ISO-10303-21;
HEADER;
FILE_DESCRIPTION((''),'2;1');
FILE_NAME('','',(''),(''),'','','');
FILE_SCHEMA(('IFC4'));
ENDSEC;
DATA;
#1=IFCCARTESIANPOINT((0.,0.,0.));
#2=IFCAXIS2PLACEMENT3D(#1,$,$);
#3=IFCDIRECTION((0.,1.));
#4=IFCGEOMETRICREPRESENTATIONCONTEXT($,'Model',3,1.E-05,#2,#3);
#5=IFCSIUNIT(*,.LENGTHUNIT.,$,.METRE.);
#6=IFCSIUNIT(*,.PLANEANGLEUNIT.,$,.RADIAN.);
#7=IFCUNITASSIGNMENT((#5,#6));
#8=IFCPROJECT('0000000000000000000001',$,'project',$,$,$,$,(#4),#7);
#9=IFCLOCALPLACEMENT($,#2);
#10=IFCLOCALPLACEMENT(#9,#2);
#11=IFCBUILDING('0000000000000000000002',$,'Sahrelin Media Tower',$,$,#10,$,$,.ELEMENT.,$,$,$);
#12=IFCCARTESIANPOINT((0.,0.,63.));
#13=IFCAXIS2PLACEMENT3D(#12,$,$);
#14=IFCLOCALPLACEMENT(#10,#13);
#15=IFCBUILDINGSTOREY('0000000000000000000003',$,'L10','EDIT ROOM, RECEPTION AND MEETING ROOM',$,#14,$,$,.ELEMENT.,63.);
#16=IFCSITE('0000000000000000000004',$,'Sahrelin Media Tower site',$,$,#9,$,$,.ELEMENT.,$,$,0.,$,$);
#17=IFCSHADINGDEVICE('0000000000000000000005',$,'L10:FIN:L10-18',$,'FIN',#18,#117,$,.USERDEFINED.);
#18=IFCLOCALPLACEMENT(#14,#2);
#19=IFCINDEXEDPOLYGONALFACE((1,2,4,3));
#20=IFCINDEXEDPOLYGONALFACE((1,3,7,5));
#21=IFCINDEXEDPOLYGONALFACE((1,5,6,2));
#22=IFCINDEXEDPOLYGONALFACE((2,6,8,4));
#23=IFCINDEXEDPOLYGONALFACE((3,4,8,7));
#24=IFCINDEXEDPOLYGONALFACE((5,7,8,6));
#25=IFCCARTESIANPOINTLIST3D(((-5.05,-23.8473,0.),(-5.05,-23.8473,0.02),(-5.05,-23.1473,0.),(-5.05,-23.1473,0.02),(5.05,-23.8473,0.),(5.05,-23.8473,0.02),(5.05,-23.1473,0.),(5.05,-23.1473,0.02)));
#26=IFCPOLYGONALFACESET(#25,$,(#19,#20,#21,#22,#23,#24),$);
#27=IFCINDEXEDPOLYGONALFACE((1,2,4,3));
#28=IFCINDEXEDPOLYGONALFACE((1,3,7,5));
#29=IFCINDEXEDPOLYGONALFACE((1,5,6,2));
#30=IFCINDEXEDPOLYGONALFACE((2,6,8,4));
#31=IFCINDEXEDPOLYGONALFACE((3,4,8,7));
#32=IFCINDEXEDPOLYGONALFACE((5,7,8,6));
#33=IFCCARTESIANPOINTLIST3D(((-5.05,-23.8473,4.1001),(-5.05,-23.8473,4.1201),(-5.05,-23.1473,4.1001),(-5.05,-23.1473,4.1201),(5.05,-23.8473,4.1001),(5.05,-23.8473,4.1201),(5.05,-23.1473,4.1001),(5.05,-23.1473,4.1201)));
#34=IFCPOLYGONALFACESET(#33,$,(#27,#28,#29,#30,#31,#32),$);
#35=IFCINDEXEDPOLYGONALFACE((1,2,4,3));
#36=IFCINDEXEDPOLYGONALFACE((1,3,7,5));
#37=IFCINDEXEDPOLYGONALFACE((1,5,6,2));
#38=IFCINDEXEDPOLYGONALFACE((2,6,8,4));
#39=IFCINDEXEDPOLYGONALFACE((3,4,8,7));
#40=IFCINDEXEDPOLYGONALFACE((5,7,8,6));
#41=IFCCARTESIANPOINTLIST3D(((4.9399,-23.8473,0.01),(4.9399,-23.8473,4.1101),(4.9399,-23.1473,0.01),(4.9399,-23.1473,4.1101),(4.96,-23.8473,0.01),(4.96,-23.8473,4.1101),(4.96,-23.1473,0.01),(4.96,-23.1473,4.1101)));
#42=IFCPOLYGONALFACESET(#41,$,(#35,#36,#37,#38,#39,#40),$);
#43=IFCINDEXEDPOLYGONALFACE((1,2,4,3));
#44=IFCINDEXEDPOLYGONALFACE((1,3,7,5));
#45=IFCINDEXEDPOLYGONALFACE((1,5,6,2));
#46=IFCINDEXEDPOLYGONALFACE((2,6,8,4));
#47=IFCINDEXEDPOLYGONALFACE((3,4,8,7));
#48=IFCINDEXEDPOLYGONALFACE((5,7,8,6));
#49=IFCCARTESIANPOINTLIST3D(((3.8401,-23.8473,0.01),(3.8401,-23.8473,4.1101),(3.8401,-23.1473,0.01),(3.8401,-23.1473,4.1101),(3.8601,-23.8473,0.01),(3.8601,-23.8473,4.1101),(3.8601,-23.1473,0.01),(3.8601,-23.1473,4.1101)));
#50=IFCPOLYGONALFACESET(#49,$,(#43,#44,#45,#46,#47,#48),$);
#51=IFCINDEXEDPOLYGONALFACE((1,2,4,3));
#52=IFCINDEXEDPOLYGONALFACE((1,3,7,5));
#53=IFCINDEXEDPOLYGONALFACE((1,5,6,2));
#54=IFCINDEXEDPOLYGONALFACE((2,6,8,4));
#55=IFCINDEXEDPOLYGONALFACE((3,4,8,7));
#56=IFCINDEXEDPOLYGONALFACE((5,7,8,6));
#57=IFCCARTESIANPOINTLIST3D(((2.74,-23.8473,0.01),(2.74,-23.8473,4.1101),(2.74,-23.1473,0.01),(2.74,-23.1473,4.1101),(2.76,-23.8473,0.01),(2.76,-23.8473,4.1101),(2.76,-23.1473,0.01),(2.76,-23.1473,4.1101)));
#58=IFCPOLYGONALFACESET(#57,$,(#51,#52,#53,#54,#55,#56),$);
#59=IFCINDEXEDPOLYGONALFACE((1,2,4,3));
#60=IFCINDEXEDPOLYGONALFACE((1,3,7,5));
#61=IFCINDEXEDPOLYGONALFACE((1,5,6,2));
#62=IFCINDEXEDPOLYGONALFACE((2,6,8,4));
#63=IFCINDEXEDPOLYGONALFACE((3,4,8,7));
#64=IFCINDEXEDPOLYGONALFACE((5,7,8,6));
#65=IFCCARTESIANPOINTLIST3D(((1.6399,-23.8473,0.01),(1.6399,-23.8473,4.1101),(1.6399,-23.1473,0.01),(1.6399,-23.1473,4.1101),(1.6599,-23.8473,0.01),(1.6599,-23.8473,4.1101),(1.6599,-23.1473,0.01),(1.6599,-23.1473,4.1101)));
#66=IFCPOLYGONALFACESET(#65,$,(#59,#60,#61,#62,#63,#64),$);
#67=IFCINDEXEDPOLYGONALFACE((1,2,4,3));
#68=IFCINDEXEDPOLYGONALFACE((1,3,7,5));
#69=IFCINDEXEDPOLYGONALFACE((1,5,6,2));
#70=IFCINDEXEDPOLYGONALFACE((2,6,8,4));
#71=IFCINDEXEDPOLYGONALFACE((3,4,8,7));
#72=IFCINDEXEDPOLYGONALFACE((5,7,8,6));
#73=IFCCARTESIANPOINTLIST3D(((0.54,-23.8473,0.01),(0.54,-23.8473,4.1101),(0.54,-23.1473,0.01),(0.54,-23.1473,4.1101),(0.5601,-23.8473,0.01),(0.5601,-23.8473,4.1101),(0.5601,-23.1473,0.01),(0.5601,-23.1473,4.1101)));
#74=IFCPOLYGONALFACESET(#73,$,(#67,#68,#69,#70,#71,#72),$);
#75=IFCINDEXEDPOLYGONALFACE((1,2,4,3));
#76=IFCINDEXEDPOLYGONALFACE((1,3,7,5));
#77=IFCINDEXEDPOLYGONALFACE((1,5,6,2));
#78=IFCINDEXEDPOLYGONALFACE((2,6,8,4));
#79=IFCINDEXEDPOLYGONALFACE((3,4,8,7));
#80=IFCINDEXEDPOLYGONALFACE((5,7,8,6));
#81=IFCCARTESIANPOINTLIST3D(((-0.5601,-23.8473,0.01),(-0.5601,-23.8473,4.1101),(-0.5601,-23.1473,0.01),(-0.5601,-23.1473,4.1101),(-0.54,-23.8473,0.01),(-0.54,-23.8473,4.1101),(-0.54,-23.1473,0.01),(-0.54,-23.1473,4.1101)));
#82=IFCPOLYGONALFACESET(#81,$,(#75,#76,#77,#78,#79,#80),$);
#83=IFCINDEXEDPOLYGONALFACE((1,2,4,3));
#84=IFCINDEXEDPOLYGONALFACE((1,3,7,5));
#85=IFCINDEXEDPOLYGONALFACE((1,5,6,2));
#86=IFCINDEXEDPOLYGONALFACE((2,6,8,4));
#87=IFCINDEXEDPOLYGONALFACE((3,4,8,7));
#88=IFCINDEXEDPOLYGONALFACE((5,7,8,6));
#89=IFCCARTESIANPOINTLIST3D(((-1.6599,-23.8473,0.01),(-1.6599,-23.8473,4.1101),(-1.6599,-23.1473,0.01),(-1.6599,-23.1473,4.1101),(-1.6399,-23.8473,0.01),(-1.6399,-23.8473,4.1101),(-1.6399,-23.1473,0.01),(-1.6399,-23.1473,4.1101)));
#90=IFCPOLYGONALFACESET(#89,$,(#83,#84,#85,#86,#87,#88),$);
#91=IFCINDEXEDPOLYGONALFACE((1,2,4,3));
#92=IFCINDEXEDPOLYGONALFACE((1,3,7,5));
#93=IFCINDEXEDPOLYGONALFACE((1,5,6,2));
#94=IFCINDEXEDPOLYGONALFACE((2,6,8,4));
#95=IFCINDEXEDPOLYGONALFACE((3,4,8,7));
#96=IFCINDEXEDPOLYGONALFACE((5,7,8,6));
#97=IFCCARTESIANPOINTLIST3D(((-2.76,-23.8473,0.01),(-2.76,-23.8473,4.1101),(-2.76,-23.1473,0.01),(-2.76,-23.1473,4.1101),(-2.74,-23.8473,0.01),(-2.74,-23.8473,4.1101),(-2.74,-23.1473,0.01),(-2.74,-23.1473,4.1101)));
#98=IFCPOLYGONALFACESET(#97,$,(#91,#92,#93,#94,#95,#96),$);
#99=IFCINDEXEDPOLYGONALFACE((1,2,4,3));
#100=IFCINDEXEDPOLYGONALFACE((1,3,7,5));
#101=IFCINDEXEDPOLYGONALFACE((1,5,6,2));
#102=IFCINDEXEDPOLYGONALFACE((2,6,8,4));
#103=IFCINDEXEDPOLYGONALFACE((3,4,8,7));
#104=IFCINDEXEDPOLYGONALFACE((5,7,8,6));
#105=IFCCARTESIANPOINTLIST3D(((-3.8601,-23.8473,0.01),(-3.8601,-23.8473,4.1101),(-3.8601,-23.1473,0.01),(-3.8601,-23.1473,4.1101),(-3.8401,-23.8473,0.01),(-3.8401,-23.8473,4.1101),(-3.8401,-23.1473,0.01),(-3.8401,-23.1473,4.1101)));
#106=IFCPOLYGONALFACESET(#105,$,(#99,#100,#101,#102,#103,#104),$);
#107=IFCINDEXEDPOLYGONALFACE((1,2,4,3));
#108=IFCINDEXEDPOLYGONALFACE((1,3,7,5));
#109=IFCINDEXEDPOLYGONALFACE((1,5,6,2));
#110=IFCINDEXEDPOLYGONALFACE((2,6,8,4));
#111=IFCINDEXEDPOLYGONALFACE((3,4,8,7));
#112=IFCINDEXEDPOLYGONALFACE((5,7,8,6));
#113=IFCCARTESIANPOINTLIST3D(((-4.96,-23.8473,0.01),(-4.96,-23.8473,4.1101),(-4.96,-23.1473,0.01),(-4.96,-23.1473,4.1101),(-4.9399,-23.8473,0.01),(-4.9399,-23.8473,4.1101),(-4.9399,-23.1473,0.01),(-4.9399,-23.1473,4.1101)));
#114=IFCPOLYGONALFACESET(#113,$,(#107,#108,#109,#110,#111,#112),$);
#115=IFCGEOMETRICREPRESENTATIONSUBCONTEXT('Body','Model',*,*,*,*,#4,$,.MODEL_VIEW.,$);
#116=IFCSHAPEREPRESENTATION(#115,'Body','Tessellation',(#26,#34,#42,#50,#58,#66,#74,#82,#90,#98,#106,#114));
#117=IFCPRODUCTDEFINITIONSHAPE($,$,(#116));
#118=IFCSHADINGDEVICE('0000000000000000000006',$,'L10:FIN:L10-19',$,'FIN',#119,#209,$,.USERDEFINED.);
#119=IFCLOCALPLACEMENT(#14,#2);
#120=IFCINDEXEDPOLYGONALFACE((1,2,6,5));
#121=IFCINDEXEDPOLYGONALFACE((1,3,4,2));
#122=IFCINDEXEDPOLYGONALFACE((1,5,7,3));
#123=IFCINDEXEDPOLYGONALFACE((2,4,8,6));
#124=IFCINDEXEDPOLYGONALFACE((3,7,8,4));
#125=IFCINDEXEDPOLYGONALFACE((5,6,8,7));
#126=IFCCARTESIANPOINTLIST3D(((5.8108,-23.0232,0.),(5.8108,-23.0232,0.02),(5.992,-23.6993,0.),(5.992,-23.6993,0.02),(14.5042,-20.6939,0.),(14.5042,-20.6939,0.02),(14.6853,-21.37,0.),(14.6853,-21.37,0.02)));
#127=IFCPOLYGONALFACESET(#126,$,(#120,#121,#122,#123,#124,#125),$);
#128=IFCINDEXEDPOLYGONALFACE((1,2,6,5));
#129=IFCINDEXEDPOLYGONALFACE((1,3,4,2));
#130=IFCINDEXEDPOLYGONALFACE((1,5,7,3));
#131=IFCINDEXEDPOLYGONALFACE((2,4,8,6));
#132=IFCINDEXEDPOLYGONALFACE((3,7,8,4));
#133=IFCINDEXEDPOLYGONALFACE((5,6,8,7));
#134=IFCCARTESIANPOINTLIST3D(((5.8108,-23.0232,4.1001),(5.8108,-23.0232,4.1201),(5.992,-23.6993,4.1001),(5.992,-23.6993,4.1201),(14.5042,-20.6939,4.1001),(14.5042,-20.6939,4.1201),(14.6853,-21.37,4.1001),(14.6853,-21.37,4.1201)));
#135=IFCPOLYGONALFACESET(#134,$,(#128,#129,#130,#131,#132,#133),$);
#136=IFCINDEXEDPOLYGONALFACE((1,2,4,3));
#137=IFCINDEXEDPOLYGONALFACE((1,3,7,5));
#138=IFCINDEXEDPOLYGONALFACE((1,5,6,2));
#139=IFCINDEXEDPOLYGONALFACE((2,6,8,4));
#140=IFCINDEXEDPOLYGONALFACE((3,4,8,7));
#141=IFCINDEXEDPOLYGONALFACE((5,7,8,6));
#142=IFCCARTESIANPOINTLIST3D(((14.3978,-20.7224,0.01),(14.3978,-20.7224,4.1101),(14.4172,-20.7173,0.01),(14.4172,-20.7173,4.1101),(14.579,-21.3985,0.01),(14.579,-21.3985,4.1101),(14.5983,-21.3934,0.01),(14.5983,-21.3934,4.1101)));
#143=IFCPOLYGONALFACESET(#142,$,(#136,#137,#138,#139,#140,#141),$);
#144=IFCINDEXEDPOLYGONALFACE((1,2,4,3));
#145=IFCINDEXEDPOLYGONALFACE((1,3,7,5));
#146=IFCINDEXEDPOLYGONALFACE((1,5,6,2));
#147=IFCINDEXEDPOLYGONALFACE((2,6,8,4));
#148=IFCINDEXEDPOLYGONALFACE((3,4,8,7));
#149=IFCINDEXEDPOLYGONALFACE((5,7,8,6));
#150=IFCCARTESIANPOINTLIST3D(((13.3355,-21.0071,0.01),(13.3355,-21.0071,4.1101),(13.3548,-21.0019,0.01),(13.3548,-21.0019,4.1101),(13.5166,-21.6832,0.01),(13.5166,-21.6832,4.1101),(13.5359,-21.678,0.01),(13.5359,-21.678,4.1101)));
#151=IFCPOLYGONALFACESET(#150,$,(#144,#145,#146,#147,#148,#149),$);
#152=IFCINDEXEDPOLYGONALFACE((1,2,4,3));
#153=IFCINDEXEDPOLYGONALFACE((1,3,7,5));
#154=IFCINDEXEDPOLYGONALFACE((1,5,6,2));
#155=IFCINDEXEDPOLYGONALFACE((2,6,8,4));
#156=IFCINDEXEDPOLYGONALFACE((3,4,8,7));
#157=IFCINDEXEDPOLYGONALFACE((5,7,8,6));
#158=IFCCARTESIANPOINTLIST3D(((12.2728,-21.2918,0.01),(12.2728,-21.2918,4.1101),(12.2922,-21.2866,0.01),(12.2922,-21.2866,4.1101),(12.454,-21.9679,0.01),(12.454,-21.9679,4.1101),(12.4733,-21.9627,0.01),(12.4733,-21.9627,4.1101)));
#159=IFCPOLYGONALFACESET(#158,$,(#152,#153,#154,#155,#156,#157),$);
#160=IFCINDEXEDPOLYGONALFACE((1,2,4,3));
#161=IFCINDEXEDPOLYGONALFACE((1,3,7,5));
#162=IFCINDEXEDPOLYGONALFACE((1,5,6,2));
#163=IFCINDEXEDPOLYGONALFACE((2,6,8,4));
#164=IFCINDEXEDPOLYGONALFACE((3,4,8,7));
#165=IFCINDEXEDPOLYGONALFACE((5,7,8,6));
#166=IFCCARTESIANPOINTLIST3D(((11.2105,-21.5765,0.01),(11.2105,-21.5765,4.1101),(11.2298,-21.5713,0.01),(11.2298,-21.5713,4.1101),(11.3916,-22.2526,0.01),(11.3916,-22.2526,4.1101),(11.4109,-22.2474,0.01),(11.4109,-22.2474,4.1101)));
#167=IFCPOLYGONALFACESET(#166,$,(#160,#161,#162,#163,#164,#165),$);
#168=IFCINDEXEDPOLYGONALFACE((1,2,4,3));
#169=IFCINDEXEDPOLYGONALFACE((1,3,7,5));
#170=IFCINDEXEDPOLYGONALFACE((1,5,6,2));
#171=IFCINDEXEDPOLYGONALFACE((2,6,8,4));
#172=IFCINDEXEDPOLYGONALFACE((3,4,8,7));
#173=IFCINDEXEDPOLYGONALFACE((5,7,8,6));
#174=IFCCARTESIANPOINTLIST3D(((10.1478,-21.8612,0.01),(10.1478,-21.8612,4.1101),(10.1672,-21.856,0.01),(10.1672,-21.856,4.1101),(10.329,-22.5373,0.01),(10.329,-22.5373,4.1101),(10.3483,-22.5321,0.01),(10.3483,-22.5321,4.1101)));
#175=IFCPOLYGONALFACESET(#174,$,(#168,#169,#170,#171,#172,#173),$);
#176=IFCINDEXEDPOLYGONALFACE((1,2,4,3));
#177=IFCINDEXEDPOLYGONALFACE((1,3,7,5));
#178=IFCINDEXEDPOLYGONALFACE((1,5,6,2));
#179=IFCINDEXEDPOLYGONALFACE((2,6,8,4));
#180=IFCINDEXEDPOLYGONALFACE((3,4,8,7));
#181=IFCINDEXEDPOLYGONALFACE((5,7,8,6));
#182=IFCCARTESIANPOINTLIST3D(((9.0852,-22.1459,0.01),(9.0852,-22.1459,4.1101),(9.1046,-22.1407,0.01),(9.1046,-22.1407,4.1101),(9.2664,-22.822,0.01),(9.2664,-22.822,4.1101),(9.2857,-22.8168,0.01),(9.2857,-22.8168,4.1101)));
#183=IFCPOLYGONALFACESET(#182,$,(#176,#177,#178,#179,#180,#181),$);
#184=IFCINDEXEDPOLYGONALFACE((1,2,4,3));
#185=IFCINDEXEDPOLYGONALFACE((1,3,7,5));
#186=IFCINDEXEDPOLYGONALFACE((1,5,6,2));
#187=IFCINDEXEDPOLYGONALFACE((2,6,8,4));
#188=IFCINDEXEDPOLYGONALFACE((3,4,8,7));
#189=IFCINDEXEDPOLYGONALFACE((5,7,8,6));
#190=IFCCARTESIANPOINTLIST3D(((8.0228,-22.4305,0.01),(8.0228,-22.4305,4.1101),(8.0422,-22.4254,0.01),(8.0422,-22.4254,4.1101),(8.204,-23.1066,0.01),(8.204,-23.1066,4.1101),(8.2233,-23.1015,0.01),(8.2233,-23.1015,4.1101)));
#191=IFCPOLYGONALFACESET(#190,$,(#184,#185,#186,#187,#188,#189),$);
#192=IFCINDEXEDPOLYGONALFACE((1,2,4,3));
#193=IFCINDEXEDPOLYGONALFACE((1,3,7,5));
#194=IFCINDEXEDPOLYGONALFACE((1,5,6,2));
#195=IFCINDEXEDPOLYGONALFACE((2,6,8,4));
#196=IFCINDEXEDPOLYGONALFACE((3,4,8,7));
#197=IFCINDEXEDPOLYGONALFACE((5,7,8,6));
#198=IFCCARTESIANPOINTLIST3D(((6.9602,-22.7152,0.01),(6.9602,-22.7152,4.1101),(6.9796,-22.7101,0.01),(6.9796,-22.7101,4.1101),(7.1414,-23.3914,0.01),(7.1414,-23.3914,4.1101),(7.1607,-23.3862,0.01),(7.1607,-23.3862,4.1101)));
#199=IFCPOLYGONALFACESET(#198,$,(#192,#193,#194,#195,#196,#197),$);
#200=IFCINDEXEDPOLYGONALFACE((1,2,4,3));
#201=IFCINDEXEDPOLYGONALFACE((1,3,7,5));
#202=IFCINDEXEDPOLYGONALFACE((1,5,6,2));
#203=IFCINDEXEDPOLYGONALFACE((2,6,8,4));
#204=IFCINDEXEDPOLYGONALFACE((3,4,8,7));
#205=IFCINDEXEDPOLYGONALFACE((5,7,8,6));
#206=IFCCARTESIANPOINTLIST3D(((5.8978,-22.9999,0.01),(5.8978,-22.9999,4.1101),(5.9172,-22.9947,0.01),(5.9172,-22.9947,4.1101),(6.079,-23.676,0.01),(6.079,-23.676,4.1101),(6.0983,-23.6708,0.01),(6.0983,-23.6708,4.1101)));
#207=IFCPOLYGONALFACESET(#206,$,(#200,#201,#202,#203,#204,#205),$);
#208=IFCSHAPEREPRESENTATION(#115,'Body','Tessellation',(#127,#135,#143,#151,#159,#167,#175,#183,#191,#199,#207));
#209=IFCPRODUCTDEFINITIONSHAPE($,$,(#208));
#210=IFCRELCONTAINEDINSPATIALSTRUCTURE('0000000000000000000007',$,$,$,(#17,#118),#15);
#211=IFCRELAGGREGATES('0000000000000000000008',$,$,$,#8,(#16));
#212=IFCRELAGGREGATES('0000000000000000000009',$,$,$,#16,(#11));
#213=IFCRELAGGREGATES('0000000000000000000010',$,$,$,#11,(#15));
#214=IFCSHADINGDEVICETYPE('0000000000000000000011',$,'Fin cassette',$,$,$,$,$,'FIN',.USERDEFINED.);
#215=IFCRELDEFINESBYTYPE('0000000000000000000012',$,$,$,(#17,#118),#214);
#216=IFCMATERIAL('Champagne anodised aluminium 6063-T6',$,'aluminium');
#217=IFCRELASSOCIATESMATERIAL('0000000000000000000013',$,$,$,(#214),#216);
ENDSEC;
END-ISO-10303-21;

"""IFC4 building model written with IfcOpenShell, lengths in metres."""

from ifc_helpers import new_model, si_unit, direction, frame, origin, origin_2d, place, context, subcontext, project, spatial, rectangle, extrude, material, type_object, element, save


model = new_model("IFC4")

# Units and contexts
model_context = context("Model", 3, precision=1e-05, world=origin(), true_north=direction((0.0, 1.0)))
body_context = subcontext(model_context, "Body", "Model", "MODEL_VIEW")
ifc_project = project(units=[si_unit("LENGTHUNIT", "METRE"), si_unit("PLANEANGLEUNIT", "RADIAN")], contexts=[model_context])

# Site, building, storey
site_placement = place(None, origin())
site = spatial("IfcSite", under=ifc_project, at=site_placement, Name="Sahrelin Media Tower site", CompositionType="ELEMENT", RefElevation=0.0)
building_placement = place(site_placement, origin())
building = spatial("IfcBuilding", under=site, at=building_placement, Name="Sahrelin Media Tower", CompositionType="ELEMENT")
storey_placement = place(building_placement, frame((0.0, 0.0, 63.0)))
storey = spatial("IfcBuildingStorey", under=building, at=storey_placement, Name="L10", Description="EDIT ROOM, RECEPTION AND MEETING ROOM", CompositionType="ELEMENT", Elevation=63.0)

# Shared definitions
ifc_material_1 = material(Name="Champagne anodised aluminium 6063-T6", Category="aluminium")

# Shading devices
shading_device_type_1 = type_object("IfcShadingDeviceType", Name="Fin cassette", ElementType="FIN", PredefinedType="USERDEFINED", material=ifc_material_1)
placement_1 = place(storey_placement, frame((0.0, -23.0774, 0.0), z_axis=(0.0, 0.0, 1.0), x_axis=(-1.0, 0.0, 0.0)))
element("IfcShadingDevice", 1, at=placement_1, inside=storey, type_object=shading_device_type_1, Name="L10:FIN:L10-18", ObjectType="FIN", PredefinedType="USERDEFINED", context=body_context, shape_type="SweptSolid", body=[
    extrude(rectangle(XDim=10.1001, YDim=0.7, at=origin_2d()), frame((0.0, 0.4199, 0.0)), (0.0, 0.0, 1.0), 0.02),
    extrude(rectangle(XDim=10.1001, YDim=0.7, at=origin_2d()), frame((0.0, 0.4199, 4.1001)), (0.0, 0.0, 1.0), 0.02),
    extrude(rectangle(XDim=0.02, YDim=0.7, at=origin_2d()), frame((-4.95, 0.4199, 0.01), z_axis=(0.0, 0.0, 1.0), x_axis=(1.0, 0.0, 0.0)), (0.0, 0.0, 1.0), 4.1001),
    extrude(rectangle(XDim=0.02, YDim=0.7, at=origin_2d()), frame((-3.8501, 0.4199, 0.01), z_axis=(0.0, 0.0, 1.0), x_axis=(1.0, 0.0, 0.0)), (0.0, 0.0, 1.0), 4.1001),
    extrude(rectangle(XDim=0.02, YDim=0.7, at=origin_2d()), frame((-2.75, 0.4199, 0.01), z_axis=(0.0, 0.0, 1.0), x_axis=(1.0, 0.0, 0.0)), (0.0, 0.0, 1.0), 4.1001),
    extrude(rectangle(XDim=0.02, YDim=0.7, at=origin_2d()), frame((-1.6499, 0.4199, 0.01), z_axis=(0.0, 0.0, 1.0), x_axis=(1.0, 0.0, 0.0)), (0.0, 0.0, 1.0), 4.1001),
    extrude(rectangle(XDim=0.02, YDim=0.7, at=origin_2d()), frame((-0.55, 0.4199, 0.01), z_axis=(0.0, 0.0, 1.0), x_axis=(1.0, 0.0, 0.0)), (0.0, 0.0, 1.0), 4.1001),
    extrude(rectangle(XDim=0.02, YDim=0.7, at=origin_2d()), frame((0.55, 0.4199, 0.01), z_axis=(0.0, 0.0, 1.0), x_axis=(1.0, 0.0, 0.0)), (0.0, 0.0, 1.0), 4.1001),
    extrude(rectangle(XDim=0.02, YDim=0.7, at=origin_2d()), frame((1.6499, 0.4199, 0.01), z_axis=(0.0, 0.0, 1.0), x_axis=(1.0, 0.0, 0.0)), (0.0, 0.0, 1.0), 4.1001),
    extrude(rectangle(XDim=0.02, YDim=0.7, at=origin_2d()), frame((2.75, 0.4199, 0.01), z_axis=(0.0, 0.0, 1.0), x_axis=(1.0, 0.0, 0.0)), (0.0, 0.0, 1.0), 4.1001),
    extrude(rectangle(XDim=0.02, YDim=0.7, at=origin_2d()), frame((3.8501, 0.4199, 0.01), z_axis=(0.0, 0.0, 1.0), x_axis=(1.0, 0.0, 0.0)), (0.0, 0.0, 1.0), 4.1001),
    extrude(rectangle(XDim=0.02, YDim=0.7, at=origin_2d()), frame((4.95, 0.4199, 0.01), z_axis=(0.0, 0.0, 1.0), x_axis=(1.0, 0.0, 0.0)), (0.0, 0.0, 1.0), 4.1001),
])
placement_2 = place(storey_placement, frame((10.1394, -21.791, 0.0), z_axis=(0.0, 0.0, 1.0), x_axis=(-0.965929, -0.258808, 0.0)))
element("IfcShadingDevice", 2, at=placement_2, inside=storey, type_object=shading_device_type_1, Name="L10:FIN:L10-19", ObjectType="FIN", PredefinedType="USERDEFINED", context=body_context, shape_type="SweptSolid", body=[
    extrude(rectangle(XDim=9.0, YDim=0.7, at=origin_2d()), frame((0.0, 0.4199, 0.0)), (0.0, 0.0, 1.0), 0.02),
    extrude(rectangle(XDim=9.0, YDim=0.7, at=origin_2d()), frame((0.0, 0.4199, 4.1001)), (0.0, 0.0, 1.0), 0.02),
    extrude(rectangle(XDim=0.02, YDim=0.7, at=origin_2d()), frame((-4.3999, 0.4199, 0.01), z_axis=(0.0, 0.0, 1.0), x_axis=(1.0, 0.0, 0.0)), (0.0, 0.0, 1.0), 4.1001),
    extrude(rectangle(XDim=0.02, YDim=0.7, at=origin_2d()), frame((-3.3, 0.4199, 0.01), z_axis=(0.0, 0.0, 1.0), x_axis=(1.0, 0.0, 0.0)), (0.0, 0.0, 1.0), 4.1001),
    extrude(rectangle(XDim=0.02, YDim=0.7, at=origin_2d()), frame((-2.2, 0.4199, 0.01), z_axis=(0.0, 0.0, 1.0), x_axis=(1.0, 0.0, 0.0)), (0.0, 0.0, 1.0), 4.1001),
    extrude(rectangle(XDim=0.02, YDim=0.7, at=origin_2d()), frame((-1.1001, 0.4199, 0.01), z_axis=(0.0, 0.0, 1.0), x_axis=(1.0, 0.0, 0.0)), (0.0, 0.0, 1.0), 4.1001),
    extrude(rectangle(XDim=0.02, YDim=0.7, at=origin_2d()), frame((0.0, 0.4199, 0.01), z_axis=(0.0, 0.0, 1.0), x_axis=(1.0, 0.0, 0.0)), (0.0, 0.0, 1.0), 4.1001),
    extrude(rectangle(XDim=0.02, YDim=0.7, at=origin_2d()), frame((1.1001, 0.4199, 0.01), z_axis=(0.0, 0.0, 1.0), x_axis=(1.0, 0.0, 0.0)), (0.0, 0.0, 1.0), 4.1001),
    extrude(rectangle(XDim=0.02, YDim=0.7, at=origin_2d()), frame((2.2, 0.4199, 0.01), z_axis=(0.0, 0.0, 1.0), x_axis=(1.0, 0.0, 0.0)), (0.0, 0.0, 1.0), 4.1001),
    extrude(rectangle(XDim=0.02, YDim=0.7, at=origin_2d()), frame((3.3, 0.4199, 0.01), z_axis=(0.0, 0.0, 1.0), x_axis=(1.0, 0.0, 0.0)), (0.0, 0.0, 1.0), 4.1001),
    extrude(rectangle(XDim=0.02, YDim=0.7, at=origin_2d()), frame((4.3999, 0.4199, 0.01), z_axis=(0.0, 0.0, 1.0), x_axis=(1.0, 0.0, 0.0)), (0.0, 0.0, 1.0), 4.1001),
])

save(model, "model.ifc")
